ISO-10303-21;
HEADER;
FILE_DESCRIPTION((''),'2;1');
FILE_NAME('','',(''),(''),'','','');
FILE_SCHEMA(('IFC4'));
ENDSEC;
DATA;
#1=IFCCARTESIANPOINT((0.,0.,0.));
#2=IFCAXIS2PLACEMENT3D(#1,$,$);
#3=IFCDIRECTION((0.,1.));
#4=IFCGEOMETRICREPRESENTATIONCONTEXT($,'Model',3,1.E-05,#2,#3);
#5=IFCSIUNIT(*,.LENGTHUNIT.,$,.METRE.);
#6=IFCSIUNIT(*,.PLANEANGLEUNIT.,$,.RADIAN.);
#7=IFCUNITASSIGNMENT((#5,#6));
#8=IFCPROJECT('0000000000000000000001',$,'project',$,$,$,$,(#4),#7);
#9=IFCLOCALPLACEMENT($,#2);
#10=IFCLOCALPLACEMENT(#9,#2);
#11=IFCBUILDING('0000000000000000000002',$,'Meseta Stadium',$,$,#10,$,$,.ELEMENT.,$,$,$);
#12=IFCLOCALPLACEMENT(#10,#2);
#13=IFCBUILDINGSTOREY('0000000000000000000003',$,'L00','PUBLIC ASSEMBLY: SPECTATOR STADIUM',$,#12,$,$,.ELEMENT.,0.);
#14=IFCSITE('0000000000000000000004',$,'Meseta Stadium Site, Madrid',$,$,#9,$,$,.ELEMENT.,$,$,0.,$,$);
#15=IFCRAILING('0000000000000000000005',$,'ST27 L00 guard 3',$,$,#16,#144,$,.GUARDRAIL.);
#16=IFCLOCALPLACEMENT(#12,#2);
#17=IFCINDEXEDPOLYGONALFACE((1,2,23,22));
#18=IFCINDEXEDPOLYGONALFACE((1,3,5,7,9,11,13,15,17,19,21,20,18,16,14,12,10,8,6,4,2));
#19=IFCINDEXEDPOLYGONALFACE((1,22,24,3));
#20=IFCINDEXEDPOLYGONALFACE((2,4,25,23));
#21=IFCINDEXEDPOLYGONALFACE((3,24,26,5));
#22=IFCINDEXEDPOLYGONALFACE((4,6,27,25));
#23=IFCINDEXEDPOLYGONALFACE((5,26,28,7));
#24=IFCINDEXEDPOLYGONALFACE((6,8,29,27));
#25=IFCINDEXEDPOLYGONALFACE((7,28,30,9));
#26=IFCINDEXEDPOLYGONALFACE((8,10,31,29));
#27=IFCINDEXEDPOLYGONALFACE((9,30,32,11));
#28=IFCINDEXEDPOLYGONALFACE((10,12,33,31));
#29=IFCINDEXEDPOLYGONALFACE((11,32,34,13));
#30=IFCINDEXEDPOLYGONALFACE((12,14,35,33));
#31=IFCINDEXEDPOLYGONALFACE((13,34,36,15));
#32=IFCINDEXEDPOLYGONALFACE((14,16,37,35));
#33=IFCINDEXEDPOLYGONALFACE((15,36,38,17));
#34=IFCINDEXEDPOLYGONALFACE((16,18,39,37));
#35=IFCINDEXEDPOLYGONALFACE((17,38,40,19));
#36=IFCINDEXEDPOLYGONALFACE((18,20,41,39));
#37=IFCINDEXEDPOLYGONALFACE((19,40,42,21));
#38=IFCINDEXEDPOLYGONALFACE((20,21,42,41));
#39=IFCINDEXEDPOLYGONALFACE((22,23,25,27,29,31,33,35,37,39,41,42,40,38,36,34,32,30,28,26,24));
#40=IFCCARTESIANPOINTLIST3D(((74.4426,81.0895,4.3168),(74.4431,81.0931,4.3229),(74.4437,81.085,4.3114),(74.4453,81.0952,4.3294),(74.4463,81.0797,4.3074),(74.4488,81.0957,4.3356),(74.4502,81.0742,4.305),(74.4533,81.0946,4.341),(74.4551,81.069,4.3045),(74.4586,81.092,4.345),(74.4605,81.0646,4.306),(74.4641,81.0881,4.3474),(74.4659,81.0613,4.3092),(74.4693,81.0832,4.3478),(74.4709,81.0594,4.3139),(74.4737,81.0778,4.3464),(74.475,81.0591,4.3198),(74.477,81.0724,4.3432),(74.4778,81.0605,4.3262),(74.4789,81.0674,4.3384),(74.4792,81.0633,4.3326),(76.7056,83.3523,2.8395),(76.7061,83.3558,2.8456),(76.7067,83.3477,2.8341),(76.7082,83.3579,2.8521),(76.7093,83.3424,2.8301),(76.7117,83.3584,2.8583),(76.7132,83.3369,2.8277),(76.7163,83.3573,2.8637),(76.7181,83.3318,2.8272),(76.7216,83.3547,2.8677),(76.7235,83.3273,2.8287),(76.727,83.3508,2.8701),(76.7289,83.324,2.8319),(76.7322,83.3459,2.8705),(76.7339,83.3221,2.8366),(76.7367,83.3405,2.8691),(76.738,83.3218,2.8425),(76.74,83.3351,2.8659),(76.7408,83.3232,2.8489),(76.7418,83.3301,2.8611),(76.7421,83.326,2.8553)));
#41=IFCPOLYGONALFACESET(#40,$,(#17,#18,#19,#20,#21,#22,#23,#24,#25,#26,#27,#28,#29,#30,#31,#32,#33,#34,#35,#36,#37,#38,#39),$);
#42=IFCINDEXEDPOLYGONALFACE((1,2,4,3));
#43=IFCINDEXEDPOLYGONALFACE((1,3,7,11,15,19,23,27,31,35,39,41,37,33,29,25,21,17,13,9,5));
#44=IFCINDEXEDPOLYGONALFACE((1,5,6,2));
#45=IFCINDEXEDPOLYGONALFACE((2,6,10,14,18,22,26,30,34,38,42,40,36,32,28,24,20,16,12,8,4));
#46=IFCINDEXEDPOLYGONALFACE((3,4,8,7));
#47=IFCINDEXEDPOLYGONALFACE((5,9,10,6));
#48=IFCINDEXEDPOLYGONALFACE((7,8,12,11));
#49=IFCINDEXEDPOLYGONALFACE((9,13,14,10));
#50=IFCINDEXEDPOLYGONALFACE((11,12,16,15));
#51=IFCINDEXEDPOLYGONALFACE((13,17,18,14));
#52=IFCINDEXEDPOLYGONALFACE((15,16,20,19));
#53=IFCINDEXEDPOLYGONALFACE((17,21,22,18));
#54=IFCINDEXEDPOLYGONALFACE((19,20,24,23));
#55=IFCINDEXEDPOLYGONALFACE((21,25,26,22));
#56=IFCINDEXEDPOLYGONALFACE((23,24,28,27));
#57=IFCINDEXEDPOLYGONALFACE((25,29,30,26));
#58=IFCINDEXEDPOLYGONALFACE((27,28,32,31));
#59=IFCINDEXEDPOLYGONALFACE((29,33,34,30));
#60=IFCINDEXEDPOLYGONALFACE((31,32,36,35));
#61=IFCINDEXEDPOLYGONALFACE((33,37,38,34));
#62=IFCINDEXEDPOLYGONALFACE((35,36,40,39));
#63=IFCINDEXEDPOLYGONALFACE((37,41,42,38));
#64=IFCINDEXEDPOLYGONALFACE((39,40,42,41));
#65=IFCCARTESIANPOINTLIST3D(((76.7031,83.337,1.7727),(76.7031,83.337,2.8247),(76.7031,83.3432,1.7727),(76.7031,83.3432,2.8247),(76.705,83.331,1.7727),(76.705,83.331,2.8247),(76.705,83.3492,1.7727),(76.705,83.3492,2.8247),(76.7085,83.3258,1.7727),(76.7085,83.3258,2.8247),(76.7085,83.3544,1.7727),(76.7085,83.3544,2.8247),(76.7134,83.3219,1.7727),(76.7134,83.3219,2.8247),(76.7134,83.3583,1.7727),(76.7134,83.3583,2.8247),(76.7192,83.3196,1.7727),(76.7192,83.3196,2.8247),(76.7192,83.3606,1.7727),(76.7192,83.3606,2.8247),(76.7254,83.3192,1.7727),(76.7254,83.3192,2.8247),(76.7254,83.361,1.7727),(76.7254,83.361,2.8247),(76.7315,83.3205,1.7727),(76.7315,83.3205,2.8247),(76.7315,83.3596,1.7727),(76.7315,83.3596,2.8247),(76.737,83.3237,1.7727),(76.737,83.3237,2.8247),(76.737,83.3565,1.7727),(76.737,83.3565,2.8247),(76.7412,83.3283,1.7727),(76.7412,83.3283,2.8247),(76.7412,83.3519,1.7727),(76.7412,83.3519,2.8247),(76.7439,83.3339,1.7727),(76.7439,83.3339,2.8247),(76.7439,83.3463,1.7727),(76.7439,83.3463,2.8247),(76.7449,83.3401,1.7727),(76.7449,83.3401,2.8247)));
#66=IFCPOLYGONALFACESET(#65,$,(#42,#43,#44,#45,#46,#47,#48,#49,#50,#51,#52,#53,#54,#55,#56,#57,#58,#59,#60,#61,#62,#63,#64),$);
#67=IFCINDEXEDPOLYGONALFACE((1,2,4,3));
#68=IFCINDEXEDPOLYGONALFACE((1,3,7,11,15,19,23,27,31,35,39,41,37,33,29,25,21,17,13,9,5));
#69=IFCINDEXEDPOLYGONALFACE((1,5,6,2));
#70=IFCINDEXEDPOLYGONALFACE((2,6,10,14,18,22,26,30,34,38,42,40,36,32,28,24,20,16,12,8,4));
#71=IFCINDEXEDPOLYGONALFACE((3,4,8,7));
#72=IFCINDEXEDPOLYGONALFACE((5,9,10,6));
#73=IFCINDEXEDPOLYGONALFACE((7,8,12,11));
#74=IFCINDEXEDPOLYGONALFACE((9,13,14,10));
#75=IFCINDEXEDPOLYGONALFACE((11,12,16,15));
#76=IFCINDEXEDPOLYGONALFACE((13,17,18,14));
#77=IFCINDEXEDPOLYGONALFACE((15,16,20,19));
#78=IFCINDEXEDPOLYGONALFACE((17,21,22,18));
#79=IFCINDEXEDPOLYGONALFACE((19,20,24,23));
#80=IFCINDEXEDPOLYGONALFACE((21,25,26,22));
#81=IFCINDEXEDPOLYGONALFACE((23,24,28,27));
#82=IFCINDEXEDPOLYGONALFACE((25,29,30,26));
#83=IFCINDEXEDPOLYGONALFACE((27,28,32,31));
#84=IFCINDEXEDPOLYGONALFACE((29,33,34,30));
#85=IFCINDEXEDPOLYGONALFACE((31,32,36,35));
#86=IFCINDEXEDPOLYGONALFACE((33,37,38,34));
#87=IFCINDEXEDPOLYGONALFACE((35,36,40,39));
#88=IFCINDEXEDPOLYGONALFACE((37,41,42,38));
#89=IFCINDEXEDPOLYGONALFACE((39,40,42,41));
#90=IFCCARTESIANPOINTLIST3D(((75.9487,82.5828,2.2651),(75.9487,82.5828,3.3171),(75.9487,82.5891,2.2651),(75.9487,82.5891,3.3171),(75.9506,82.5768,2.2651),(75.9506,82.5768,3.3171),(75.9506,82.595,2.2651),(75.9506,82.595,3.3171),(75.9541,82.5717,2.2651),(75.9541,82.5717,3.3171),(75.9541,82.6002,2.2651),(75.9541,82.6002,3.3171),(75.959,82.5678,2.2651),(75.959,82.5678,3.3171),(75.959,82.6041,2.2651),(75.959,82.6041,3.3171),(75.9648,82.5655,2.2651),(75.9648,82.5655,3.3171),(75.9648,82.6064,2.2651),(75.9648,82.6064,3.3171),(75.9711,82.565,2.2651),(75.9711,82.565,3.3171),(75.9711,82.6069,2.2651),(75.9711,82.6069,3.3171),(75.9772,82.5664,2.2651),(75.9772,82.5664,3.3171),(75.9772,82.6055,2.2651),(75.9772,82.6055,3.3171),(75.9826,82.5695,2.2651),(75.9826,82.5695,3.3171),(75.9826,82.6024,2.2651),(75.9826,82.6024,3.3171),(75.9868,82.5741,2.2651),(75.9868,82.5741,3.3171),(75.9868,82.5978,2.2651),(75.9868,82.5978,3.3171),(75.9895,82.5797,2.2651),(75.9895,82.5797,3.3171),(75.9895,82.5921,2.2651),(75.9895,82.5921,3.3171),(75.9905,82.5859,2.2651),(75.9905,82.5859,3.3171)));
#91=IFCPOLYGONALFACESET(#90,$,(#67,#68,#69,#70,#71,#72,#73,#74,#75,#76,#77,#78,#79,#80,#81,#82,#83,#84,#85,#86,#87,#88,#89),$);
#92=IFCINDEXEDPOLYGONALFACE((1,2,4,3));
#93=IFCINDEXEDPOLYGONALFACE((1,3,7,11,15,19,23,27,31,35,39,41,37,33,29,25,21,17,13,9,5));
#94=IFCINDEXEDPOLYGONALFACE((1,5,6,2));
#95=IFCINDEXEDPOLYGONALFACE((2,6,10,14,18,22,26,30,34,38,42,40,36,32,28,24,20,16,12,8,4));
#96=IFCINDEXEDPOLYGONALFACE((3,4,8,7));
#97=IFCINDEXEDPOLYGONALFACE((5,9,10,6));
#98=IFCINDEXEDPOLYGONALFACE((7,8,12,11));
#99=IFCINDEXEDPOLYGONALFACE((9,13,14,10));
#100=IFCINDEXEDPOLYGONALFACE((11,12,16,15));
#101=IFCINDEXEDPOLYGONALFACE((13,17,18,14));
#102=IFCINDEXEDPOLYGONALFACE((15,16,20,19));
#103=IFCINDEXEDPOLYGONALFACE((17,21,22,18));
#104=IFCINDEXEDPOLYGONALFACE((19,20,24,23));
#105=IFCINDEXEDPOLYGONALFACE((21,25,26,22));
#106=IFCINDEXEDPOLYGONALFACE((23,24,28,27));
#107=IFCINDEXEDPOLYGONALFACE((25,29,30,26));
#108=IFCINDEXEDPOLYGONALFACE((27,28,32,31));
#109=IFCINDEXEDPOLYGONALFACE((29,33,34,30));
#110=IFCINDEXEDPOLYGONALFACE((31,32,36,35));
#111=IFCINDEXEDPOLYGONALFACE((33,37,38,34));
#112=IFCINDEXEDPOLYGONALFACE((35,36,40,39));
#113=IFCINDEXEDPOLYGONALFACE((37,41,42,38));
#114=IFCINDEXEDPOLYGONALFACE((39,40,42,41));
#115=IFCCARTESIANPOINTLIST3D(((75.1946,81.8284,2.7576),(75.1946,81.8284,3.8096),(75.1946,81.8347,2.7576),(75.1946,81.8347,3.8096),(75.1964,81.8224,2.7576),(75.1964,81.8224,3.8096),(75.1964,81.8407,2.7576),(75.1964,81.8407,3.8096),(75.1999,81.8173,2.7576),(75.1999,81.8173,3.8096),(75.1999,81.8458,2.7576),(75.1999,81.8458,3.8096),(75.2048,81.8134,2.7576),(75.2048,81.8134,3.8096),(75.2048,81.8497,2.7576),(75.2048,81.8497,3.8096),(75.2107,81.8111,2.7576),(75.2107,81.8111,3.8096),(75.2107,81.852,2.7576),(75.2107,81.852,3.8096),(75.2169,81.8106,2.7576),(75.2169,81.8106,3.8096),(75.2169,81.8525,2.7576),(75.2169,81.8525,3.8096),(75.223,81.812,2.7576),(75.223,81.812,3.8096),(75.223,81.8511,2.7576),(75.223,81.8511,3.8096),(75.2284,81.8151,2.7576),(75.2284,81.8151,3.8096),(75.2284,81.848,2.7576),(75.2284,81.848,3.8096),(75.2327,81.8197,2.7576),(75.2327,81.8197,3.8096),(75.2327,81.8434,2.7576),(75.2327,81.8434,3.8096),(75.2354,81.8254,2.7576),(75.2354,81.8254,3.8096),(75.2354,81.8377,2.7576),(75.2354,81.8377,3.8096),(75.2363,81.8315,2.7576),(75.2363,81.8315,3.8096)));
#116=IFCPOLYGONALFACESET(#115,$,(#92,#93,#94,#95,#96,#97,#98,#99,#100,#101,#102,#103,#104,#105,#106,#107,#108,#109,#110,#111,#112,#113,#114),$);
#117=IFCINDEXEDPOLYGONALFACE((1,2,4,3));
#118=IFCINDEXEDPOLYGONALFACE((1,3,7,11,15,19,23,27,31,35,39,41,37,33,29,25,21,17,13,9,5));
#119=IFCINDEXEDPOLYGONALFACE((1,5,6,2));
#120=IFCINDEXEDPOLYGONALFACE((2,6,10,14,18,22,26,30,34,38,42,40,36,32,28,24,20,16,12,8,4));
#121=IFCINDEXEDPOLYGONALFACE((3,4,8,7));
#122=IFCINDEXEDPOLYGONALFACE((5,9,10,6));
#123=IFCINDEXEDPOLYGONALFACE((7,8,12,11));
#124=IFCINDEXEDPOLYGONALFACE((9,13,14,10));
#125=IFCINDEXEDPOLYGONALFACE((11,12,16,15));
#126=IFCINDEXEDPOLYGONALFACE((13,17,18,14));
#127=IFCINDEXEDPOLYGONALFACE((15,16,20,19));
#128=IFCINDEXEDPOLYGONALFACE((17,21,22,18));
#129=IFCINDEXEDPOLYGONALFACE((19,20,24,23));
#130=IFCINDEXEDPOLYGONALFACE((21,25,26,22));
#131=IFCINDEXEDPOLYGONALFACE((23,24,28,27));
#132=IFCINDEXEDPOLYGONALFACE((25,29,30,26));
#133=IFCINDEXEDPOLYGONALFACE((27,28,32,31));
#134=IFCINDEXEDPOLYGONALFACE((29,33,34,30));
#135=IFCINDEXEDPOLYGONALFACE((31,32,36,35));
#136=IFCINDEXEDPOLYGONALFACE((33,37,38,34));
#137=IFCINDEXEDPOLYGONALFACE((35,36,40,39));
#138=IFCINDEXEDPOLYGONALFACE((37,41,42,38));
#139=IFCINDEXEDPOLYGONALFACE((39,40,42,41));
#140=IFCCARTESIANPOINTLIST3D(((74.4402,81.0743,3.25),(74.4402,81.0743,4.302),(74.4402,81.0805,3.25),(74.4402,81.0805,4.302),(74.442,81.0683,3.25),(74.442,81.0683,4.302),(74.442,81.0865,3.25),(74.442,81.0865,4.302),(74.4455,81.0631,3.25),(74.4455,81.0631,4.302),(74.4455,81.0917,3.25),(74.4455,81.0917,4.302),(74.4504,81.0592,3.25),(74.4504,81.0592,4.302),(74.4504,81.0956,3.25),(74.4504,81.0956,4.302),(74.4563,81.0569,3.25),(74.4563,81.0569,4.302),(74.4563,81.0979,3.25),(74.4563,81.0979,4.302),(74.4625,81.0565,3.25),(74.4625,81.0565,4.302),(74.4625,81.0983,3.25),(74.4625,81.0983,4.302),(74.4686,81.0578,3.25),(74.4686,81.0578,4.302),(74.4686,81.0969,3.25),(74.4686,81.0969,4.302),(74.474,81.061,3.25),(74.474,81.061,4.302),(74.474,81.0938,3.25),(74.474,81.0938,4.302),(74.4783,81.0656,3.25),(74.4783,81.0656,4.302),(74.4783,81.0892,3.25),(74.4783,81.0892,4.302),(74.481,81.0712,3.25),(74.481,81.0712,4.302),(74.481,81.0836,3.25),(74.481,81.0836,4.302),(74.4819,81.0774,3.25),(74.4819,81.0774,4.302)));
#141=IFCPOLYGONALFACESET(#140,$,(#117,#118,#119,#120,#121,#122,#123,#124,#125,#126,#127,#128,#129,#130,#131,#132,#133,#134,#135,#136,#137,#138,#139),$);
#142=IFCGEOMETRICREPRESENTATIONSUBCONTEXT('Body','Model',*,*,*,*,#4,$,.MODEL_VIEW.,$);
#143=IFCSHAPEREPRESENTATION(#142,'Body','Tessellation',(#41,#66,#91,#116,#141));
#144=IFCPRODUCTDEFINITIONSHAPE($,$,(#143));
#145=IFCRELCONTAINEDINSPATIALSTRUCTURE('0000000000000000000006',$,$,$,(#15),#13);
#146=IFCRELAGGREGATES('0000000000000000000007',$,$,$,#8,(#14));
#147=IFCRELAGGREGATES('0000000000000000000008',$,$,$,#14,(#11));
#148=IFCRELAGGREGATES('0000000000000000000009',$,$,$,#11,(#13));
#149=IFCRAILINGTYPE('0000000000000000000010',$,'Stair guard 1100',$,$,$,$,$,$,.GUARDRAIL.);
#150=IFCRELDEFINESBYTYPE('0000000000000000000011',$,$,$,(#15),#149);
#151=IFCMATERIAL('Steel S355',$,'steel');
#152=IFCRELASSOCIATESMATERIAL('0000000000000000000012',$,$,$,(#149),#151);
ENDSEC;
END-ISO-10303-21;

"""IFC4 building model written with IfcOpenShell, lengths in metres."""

from ifc_helpers import new_model, si_unit, direction, frame, origin, origin_2d, place, context, subcontext, project, spatial, circle, extrude, material, type_object, element, save


model = new_model("IFC4")

# Units and contexts
model_context = context("Model", 3, precision=1e-05, world=origin(), true_north=direction((0.0, 1.0)))
body_context = subcontext(model_context, "Body", "Model", "MODEL_VIEW")
ifc_project = project(units=[si_unit("LENGTHUNIT", "METRE"), si_unit("PLANEANGLEUNIT", "RADIAN")], contexts=[model_context])

# Site, building, storey
site_placement = place(None, origin())
site = spatial("IfcSite", under=ifc_project, at=site_placement, Name="Meseta Stadium Site, Madrid", CompositionType="ELEMENT", RefElevation=0.0)
building_placement = place(site_placement, origin())
building = spatial("IfcBuilding", under=site, at=building_placement, Name="Meseta Stadium", CompositionType="ELEMENT")
storey_placement = place(building_placement, origin())
storey = spatial("IfcBuildingStorey", under=building, at=storey_placement, Name="L00", Description="PUBLIC ASSEMBLY: SPECTATOR STADIUM", CompositionType="ELEMENT", Elevation=0.0)

# Railing
ifc_material_1 = material(Name="Steel S355", Category="steel")
railing_type_1 = type_object("IfcRailingType", Name="Stair guard 1100", PredefinedType="GUARDRAIL", material=ifc_material_1)
railing_1_placement = place(storey_placement, frame((76.7239, 83.3401, 1.7727)))
element("IfcRailing", 1, at=railing_1_placement, inside=storey, type_object=railing_type_1, Name="ST27 L00 guard 3", PredefinedType="GUARDRAIL", context=body_context, shape_type="SweptSolid", body=[
    extrude(circle(Radius=0.0239, at=origin_2d()), frame((0.0, 0.0, 1.0762), z_axis=(-0.642034, -0.641965, 0.419134), x_axis=(0.707069, -0.707145, 0.0)), (0.0, 0.0, 1.0), 3.5247),
    extrude(circle(Radius=0.021, at=origin_2d()), origin(), (0.0, 0.0, 1.0), 1.052),
    extrude(circle(Radius=0.021, at=origin_2d()), frame((-0.7544, -0.7542, 0.4924)), (0.0, 0.0, 1.0), 1.052),
    extrude(circle(Radius=0.021, at=origin_2d()), frame((-1.5085, -1.5085, 0.9849)), (0.0, 0.0, 1.0), 1.052),
    extrude(circle(Radius=0.021, at=origin_2d()), frame((-2.2629, -2.2627, 1.4773)), (0.0, 0.0, 1.0), 1.052),
])

save(model, "model.ifc")
